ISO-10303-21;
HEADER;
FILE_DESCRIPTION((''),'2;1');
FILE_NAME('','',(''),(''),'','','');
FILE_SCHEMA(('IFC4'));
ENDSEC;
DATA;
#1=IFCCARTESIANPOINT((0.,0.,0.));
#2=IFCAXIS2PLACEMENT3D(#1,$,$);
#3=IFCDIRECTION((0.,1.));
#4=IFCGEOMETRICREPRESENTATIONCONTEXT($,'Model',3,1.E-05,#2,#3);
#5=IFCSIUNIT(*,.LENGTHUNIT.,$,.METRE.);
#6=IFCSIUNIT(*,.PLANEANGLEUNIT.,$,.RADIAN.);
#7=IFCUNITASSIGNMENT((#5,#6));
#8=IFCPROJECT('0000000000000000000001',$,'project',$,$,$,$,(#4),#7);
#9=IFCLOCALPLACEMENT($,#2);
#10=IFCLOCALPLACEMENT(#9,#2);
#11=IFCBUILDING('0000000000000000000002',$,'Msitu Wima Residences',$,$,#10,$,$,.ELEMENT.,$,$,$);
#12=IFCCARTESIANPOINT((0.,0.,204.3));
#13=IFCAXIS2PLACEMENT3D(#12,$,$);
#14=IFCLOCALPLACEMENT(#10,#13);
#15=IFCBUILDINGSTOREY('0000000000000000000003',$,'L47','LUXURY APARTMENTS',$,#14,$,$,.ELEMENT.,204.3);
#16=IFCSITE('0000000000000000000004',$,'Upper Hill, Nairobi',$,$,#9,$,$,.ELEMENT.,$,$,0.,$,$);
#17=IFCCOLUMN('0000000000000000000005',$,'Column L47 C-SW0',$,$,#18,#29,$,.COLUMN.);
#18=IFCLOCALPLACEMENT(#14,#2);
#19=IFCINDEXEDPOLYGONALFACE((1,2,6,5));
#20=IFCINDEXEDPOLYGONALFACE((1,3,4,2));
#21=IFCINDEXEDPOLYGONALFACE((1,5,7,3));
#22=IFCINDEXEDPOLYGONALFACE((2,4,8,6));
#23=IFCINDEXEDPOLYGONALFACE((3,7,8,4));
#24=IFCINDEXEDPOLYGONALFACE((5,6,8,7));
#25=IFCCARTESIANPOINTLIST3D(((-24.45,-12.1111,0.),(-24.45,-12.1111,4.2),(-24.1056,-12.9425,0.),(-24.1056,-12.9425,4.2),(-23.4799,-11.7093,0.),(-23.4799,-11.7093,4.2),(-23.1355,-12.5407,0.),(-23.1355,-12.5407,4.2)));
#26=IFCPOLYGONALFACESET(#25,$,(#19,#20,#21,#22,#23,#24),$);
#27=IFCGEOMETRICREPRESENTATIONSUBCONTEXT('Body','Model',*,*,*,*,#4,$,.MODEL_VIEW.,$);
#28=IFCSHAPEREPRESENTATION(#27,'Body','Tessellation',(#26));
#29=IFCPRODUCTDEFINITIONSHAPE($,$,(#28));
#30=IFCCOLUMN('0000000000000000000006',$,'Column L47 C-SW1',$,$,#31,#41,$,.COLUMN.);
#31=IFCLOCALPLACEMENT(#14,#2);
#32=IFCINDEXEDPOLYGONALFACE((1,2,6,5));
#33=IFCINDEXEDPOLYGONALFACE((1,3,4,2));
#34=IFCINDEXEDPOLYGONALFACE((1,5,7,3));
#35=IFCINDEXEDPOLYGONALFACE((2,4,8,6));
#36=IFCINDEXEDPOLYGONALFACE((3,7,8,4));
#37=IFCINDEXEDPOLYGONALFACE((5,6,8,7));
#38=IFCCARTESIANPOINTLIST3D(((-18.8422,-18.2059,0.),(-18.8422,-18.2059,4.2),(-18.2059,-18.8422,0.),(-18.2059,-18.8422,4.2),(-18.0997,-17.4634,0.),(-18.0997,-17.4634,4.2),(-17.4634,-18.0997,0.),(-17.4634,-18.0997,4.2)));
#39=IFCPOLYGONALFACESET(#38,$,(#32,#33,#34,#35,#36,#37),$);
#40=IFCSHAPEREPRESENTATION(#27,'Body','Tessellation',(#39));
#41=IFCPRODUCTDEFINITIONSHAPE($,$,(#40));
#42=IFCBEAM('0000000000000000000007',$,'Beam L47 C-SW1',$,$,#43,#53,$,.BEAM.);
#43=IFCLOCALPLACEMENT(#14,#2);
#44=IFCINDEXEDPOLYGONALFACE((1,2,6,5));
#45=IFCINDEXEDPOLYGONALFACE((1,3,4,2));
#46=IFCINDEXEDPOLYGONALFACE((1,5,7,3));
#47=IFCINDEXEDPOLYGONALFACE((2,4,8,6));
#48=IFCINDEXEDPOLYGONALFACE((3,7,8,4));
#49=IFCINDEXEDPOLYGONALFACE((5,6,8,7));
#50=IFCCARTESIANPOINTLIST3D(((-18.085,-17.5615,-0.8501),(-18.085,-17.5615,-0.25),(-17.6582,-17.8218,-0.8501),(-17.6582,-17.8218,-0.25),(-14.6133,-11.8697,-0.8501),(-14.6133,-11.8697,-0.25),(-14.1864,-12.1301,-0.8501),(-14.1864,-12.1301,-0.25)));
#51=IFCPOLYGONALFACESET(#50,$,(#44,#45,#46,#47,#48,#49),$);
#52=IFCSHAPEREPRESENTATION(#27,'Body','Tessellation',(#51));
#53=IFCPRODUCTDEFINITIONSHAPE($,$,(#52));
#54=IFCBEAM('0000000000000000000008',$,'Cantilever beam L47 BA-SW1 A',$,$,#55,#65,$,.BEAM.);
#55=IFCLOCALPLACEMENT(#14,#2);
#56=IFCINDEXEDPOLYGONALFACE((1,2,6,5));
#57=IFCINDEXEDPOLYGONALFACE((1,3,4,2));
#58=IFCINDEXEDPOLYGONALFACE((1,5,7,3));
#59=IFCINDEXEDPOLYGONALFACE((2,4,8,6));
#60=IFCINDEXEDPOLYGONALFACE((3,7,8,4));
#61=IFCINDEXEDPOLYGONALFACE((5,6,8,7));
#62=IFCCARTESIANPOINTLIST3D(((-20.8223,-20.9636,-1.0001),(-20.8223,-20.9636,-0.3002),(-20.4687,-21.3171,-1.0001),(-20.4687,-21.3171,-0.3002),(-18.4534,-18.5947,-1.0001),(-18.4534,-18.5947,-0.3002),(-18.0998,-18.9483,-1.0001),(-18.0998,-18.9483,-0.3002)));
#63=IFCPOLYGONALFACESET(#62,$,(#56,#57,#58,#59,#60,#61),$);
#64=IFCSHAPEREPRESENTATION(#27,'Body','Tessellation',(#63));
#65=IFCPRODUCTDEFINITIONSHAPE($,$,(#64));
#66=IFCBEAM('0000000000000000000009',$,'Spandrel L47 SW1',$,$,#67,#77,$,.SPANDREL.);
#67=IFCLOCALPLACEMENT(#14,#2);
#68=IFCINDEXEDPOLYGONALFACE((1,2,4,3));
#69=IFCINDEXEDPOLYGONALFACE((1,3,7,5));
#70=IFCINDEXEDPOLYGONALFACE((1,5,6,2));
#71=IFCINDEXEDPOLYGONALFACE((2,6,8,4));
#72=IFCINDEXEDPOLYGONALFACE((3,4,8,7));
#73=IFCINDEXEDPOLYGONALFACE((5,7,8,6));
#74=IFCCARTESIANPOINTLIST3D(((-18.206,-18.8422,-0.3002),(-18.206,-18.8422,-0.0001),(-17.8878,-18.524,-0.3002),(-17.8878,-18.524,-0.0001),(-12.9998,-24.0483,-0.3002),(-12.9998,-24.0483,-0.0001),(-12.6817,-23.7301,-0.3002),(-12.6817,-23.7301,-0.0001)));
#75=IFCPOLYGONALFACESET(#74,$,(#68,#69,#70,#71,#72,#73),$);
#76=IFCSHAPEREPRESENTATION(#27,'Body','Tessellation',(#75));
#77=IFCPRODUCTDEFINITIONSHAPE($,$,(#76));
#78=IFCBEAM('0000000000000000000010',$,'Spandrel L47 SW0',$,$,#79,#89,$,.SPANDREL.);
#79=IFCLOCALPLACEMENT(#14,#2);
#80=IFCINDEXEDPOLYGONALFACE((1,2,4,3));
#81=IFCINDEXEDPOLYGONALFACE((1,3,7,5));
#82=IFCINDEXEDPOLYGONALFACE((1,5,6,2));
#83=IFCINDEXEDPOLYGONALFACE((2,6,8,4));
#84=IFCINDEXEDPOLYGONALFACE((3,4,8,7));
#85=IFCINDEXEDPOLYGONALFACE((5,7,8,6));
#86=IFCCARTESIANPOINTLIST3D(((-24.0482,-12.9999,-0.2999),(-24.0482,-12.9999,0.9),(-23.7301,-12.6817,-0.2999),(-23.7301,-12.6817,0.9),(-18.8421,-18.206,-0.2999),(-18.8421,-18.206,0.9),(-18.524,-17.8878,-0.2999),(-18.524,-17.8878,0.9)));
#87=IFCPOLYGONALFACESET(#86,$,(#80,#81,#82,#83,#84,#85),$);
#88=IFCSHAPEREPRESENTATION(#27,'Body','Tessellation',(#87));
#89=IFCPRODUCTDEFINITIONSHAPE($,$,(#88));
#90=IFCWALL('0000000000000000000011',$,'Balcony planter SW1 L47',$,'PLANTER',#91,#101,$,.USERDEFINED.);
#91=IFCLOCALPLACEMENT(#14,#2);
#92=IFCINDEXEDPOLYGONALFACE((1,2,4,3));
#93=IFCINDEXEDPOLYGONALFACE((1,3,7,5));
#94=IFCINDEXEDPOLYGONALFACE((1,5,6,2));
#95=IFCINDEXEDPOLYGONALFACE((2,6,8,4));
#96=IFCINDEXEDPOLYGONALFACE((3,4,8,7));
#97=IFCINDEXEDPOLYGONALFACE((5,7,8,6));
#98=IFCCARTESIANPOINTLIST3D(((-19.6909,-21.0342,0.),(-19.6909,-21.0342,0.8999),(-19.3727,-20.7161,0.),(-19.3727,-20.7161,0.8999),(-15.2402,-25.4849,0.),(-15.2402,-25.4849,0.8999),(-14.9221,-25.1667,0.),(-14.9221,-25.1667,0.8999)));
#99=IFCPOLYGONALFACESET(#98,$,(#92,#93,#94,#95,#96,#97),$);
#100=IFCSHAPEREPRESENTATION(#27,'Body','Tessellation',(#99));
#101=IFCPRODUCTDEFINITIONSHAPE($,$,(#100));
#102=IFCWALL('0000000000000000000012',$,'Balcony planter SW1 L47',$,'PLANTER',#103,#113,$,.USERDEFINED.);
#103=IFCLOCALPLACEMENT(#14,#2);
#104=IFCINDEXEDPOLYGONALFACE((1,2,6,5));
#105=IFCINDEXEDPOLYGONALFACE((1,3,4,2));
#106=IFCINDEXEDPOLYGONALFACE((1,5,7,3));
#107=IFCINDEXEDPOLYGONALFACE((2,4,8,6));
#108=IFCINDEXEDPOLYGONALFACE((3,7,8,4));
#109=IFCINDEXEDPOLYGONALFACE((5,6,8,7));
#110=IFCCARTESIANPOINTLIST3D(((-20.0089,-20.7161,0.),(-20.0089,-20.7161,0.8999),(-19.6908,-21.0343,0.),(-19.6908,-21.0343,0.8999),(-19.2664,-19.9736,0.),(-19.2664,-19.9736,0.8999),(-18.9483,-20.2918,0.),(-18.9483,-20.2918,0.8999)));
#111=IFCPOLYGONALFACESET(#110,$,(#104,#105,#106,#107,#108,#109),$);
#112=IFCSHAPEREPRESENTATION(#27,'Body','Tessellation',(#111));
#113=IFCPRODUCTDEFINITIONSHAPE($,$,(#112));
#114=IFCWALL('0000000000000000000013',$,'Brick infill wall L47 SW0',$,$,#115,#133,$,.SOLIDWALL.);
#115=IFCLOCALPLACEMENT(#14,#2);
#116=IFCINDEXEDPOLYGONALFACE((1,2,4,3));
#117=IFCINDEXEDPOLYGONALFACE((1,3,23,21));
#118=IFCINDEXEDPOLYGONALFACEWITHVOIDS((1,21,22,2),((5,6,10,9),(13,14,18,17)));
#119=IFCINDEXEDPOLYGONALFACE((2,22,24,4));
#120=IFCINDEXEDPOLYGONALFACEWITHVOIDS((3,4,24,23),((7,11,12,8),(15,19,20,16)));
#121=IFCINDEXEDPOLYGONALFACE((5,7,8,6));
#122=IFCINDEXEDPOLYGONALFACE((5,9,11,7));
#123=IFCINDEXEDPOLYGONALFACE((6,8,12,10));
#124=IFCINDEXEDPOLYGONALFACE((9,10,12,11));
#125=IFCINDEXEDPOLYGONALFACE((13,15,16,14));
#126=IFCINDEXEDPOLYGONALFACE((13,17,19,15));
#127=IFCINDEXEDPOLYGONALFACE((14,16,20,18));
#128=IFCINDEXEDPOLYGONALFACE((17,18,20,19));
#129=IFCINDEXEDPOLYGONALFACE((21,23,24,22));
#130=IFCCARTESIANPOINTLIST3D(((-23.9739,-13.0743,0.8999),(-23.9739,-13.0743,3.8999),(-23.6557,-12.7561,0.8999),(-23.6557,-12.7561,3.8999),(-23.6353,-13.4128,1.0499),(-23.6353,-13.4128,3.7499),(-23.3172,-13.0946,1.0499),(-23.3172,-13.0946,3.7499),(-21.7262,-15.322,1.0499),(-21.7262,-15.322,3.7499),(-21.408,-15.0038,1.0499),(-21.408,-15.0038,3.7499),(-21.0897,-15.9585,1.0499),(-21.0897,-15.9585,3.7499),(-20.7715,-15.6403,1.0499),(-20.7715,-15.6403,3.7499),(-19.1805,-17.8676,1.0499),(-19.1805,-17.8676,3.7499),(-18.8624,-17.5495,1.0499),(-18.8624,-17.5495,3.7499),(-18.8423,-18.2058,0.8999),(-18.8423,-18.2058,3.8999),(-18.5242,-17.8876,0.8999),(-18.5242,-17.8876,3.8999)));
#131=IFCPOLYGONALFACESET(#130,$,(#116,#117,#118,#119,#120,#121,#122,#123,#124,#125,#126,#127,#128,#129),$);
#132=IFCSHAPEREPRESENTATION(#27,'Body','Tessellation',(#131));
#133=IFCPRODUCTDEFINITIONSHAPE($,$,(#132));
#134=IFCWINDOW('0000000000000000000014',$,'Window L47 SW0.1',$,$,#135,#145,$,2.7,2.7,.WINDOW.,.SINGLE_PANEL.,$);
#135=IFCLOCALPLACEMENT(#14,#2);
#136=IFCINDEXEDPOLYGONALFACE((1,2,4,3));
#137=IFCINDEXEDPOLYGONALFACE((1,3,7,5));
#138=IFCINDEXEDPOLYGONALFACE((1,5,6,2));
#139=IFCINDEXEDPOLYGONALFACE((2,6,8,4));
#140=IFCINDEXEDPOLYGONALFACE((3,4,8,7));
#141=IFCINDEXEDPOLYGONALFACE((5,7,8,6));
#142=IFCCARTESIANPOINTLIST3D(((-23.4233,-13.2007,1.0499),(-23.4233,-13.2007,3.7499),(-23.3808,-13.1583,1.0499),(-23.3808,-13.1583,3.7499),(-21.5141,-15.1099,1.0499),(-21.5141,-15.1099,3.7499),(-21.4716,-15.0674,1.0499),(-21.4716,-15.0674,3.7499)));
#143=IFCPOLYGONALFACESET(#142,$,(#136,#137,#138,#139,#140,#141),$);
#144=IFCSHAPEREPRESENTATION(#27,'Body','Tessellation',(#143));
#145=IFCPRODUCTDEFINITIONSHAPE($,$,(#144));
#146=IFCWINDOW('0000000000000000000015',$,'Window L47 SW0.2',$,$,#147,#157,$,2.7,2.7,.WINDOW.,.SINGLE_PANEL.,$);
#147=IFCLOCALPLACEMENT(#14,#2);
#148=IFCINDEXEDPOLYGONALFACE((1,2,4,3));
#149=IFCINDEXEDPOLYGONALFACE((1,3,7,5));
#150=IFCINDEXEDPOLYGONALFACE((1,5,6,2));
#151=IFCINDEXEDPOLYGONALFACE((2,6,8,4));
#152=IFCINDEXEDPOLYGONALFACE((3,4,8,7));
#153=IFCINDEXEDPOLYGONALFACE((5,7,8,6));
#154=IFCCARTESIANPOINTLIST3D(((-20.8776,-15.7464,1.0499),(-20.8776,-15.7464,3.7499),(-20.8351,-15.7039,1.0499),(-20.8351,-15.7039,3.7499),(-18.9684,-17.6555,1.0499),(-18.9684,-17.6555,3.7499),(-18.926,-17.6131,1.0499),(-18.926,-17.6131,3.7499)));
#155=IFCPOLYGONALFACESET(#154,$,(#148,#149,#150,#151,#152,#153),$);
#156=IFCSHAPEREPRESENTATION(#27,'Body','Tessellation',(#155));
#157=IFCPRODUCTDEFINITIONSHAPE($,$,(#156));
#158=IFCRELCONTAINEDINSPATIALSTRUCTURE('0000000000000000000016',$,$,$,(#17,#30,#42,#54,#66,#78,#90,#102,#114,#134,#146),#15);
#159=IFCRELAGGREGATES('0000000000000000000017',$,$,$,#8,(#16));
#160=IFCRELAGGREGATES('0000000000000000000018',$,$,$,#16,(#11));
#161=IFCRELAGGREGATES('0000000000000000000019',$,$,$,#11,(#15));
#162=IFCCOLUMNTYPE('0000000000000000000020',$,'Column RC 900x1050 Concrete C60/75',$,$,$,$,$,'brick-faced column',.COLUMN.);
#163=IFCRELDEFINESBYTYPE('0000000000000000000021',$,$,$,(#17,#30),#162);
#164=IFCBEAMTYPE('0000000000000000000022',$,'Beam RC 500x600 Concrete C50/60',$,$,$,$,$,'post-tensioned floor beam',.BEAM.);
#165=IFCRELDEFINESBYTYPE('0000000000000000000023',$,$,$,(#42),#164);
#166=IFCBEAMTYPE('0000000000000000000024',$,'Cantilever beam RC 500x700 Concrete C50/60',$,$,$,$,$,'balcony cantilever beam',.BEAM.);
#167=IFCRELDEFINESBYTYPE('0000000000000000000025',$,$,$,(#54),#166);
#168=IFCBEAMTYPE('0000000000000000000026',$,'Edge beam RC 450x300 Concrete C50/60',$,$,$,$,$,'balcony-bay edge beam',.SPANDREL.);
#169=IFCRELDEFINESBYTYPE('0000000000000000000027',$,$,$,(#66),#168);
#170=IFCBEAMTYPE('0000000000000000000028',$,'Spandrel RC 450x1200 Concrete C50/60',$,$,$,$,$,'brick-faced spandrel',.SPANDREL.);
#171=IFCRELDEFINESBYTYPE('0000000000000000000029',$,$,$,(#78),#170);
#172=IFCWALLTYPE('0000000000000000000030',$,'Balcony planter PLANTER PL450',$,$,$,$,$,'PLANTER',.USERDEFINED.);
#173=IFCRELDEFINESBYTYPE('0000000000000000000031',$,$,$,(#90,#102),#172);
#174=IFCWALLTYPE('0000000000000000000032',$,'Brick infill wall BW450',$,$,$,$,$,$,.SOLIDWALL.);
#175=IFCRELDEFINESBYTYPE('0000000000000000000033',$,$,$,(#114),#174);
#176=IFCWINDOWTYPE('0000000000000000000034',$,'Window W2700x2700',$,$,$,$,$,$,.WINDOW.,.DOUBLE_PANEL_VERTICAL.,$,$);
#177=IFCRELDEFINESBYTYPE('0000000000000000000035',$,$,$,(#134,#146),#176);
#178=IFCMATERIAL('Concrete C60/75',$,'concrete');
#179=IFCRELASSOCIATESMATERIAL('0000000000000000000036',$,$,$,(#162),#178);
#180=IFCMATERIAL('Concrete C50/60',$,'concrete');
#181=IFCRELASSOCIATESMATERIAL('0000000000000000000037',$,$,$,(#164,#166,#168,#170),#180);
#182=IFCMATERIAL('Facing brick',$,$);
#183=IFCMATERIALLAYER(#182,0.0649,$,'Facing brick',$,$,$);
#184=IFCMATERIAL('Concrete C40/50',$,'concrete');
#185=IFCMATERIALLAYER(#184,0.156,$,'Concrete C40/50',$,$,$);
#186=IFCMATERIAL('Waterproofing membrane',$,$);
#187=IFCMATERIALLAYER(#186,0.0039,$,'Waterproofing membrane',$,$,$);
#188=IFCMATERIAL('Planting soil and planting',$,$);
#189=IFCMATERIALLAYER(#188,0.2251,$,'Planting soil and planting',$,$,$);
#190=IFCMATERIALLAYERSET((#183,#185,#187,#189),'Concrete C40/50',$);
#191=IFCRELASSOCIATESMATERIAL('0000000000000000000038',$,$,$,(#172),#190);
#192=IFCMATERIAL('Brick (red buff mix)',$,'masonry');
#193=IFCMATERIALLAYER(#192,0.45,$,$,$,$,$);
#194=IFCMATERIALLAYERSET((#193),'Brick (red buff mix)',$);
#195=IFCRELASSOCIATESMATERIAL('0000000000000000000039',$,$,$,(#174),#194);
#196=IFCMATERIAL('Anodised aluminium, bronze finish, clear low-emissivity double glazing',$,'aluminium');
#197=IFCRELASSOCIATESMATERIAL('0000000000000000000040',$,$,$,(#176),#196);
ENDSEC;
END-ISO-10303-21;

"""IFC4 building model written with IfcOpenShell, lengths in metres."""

from ifc_helpers import new_model, si_unit, direction, frame, frame_2d, origin, origin_2d, place, context, subcontext, project, spatial, rectangle, extrude, material, layer, layer_set, material_profile, profile_set, type_object, element, fill, save


model = new_model("IFC4")

# Units and contexts
model_context = context("Model", 3, precision=1e-05, world=origin(), true_north=direction((0.0, 1.0)))
body_context = subcontext(model_context, "Body", "Model", "MODEL_VIEW")
ifc_project = project(units=[si_unit("LENGTHUNIT", "METRE"), si_unit("PLANEANGLEUNIT", "RADIAN")], contexts=[model_context])

# Site, building, storey
site_placement = place(None, origin())
site = spatial("IfcSite", under=ifc_project, at=site_placement, Name="Upper Hill, Nairobi", CompositionType="ELEMENT", RefElevation=0.0)
building_placement = place(site_placement, origin())
building = spatial("IfcBuilding", under=site, at=building_placement, Name="Msitu Wima Residences", CompositionType="ELEMENT")
storey_placement = place(building_placement, frame((0.0, 0.0, 204.3)))
storey = spatial("IfcBuildingStorey", under=building, at=storey_placement, Name="L47", Description="LUXURY APARTMENTS", CompositionType="ELEMENT", Elevation=204.3)

# Columns
ifc_material_1 = material(Name="Concrete C60/75", Category="concrete")
ifc_material_profile_1 = material_profile(ifc_material_1, rectangle(XDim=0.8999, YDim=1.05, at=origin_2d()), Name="RC 900x1050")
ifc_profile_set_1 = profile_set([ifc_material_profile_1], Name="Concrete C60/75")
column_type = type_object("IfcColumnType", Name="Column RC 900x1050 Concrete C60/75", ElementType="brick-faced column", PredefinedType="COLUMN", material=ifc_profile_set_1)
for number, where, z_axis, x_axis, name in (
    (1, (-23.7927, -12.3259, 0.0), (0.0, 0.0, 1.0), (0.382683, -0.92388, 0.0), "Column L47 C-SW0"),
    (2, (-18.1528, -18.1528, 0.0), (0.0, 0.0, 1.0), (0.707107, -0.707107, 0.0), "Column L47 C-SW1"),
):
    element("IfcColumn", number, at=place(storey_placement, frame(where, z_axis=z_axis, x_axis=x_axis)), inside=storey, type_object=column_type, Name=name, PredefinedType="COLUMN", context=body_context, shape_type="SweptSolid", body=[
        extrude(rectangle(XDim=0.8999, YDim=1.05, at=origin_2d()), origin(), (0.0, 0.0, 1.0), 4.2),
    ])

# Beams
ifc_material_2 = material(Name="Concrete C50/60", Category="concrete")
ifc_material_profile_2 = material_profile(ifc_material_2, rectangle(XDim=0.5, YDim=0.6001, at=origin_2d()), Name="RC 500x600")
ifc_profile_set_2 = profile_set([ifc_material_profile_2], Name="Concrete C50/60")
beam_type_1 = type_object("IfcBeamType", Name="Beam RC 500x600 Concrete C50/60", ElementType="post-tensioned floor beam", PredefinedType="BEAM", material=ifc_profile_set_2)
beam_1_placement = place(storey_placement, frame((-17.8716, -17.6917, -0.55), z_axis=(0.520734, 0.853719, 0.0), x_axis=(-0.853719, 0.520734, 0.0)))
element("IfcBeam", 3, at=beam_1_placement, inside=storey, type_object=beam_type_1, Name="Beam L47 C-SW1", PredefinedType="BEAM", context=body_context, shape_type="SweptSolid", body=[
    extrude(rectangle(XDim=0.5, YDim=0.6001, at=origin_2d()), origin(), (0.0, 0.0, 1.0), 6.667),
])
ifc_material_profile_3 = material_profile(ifc_material_2, rectangle(XDim=0.5, YDim=0.7, at=origin_2d()), Name="RC 500x700")
ifc_profile_set_3 = profile_set([ifc_material_profile_3], Name="Concrete C50/60")
beam_type_2 = type_object("IfcBeamType", Name="Cantilever beam RC 500x700 Concrete C50/60", ElementType="balcony cantilever beam", PredefinedType="BEAM", material=ifc_profile_set_3)
beam_2_placement = place(storey_placement, frame((-18.2766, -18.7715, -0.6501), z_axis=(-0.707107, -0.707107, 0.0), x_axis=(0.707107, -0.707107, 0.0)))
element("IfcBeam", 4, at=beam_2_placement, inside=storey, type_object=beam_type_2, Name="Cantilever beam L47 BA-SW1 A", PredefinedType="BEAM", context=body_context, shape_type="SweptSolid", body=[
    extrude(rectangle(XDim=0.5, YDim=0.7, at=origin_2d()), origin(), (0.0, 0.0, 1.0), 3.3501),
])
ifc_material_profile_4 = material_profile(ifc_material_2, rectangle(XDim=0.45, YDim=0.3, at=origin_2d()), Name="RC 450x300")
ifc_profile_set_4 = profile_set([ifc_material_profile_4], Name="Concrete C50/60")
beam_type_3 = type_object("IfcBeamType", Name="Edge beam RC 450x300 Concrete C50/60", ElementType="balcony-bay edge beam", PredefinedType="SPANDREL", material=ifc_profile_set_4)
beam_3_placement = place(storey_placement, frame((-18.0469, -18.6831, -0.1501), z_axis=(0.707107, -0.707107, 0.0), x_axis=(0.707107, 0.707107, 0.0)))
element("IfcBeam", 5, at=beam_3_placement, inside=storey, type_object=beam_type_3, Name="Spandrel L47 SW1", PredefinedType="SPANDREL", context=body_context, shape_type="SweptSolid", body=[
    extrude(rectangle(XDim=0.45, YDim=0.3, at=origin_2d()), origin(), (0.0, 0.0, 1.0), 7.3625),
])
ifc_material_profile_5 = material_profile(ifc_material_2, rectangle(XDim=0.45, YDim=1.2, at=origin_2d()), Name="RC 450x1200")
ifc_profile_set_5 = profile_set([ifc_material_profile_5], Name="Concrete C50/60")
beam_type_4 = type_object("IfcBeamType", Name="Spandrel RC 450x1200 Concrete C50/60", ElementType="brick-faced spandrel", PredefinedType="SPANDREL", material=ifc_profile_set_5)
beam_4_placement = place(storey_placement, frame((-23.8892, -12.8408, 0.3), z_axis=(0.707107, -0.707107, 0.0), x_axis=(0.707107, 0.707107, 0.0)))
element("IfcBeam", 6, at=beam_4_placement, inside=storey, type_object=beam_type_4, Name="Spandrel L47 SW0", PredefinedType="SPANDREL", context=body_context, shape_type="SweptSolid", body=[
    extrude(rectangle(XDim=0.45, YDim=1.2, at=origin_2d()), origin(), (0.0, 0.0, 1.0), 7.3625),
])

# Walls
ifc_material_3 = material(Name="Facing brick")
ifc_layer_1 = layer(ifc_material_3, 0.0649, Name="Facing brick")
ifc_material_4 = material(Name="Concrete C40/50", Category="concrete")
ifc_layer_2 = layer(ifc_material_4, 0.156, Name="Concrete C40/50")
ifc_material_5 = material(Name="Waterproofing membrane")
ifc_layer_3 = layer(ifc_material_5, 0.0039, Name="Waterproofing membrane")
ifc_material_6 = material(Name="Planting soil and planting")
ifc_layer_4 = layer(ifc_material_6, 0.2251, Name="Planting soil and planting")
ifc_layer_set_1 = layer_set([ifc_layer_1, ifc_layer_2, ifc_layer_3, ifc_layer_4], Name="Concrete C40/50")
wall_type_1 = type_object("IfcWallType", Name="Balcony planter PLANTER PL450", ElementType="PLANTER", PredefinedType="USERDEFINED", material=ifc_layer_set_1)
wall_1_placement = place(storey_placement, frame((-19.5317, -20.8752, 0.0), z_axis=(0.0, 0.0, 1.0), x_axis=(0.707107, -0.707107, 0.0)))
element("IfcWall", 7, at=wall_1_placement, inside=storey, type_object=wall_type_1, Name="Balcony planter SW1 L47", ObjectType="PLANTER", PredefinedType="USERDEFINED", context=body_context, shape_type="SweptSolid", body=[
    extrude(rectangle(XDim=6.2942, YDim=0.45, at=frame_2d((3.147, 0.0))), origin(), (0.0, 0.0, 1.0), 0.8999),
])
wall_2_placement = place(storey_placement, frame((-19.1074, -20.1328, 0.0), z_axis=(0.0, 0.0, 1.0), x_axis=(-0.707107, -0.707107, 0.0)))
element("IfcWall", 8, at=wall_2_placement, inside=storey, type_object=wall_type_1, Name="Balcony planter SW1 L47", ObjectType="PLANTER", PredefinedType="USERDEFINED", context=body_context, shape_type="SweptSolid", body=[
    extrude(rectangle(XDim=1.05, YDim=0.45, at=frame_2d((0.5249, 0.0))), origin(), (0.0, 0.0, 1.0), 0.8999),
])

# Wall, openings, windows
ifc_material_7 = material(Name="Brick (red buff mix)", Category="masonry")
ifc_layer_5 = layer(ifc_material_7, 0.45)
ifc_layer_set_2 = layer_set([ifc_layer_5], Name="Brick (red buff mix)")
wall_type_2 = type_object("IfcWallType", Name="Brick infill wall BW450", PredefinedType="SOLIDWALL", material=ifc_layer_set_2)
wall_3_placement = place(storey_placement, frame((-23.8147, -12.9153, 0.8999), z_axis=(0.0, 0.0, 1.0), x_axis=(0.707107, -0.707107, 0.0)))
wall_3 = element("IfcWall", 9, at=wall_3_placement, inside=storey, type_object=wall_type_2, Name="Brick infill wall L47 SW0", PredefinedType="SOLIDWALL", context=body_context, shape_type="SweptSolid", body=[
    extrude(rectangle(XDim=7.2571, YDim=0.45, at=frame_2d((3.6284, 0.0))), origin(), (0.0, 0.0, 1.0), 3.0),
])
opening_1_placement = place(wall_3_placement, frame((0.4785, 0.0, 0.1499)))
opening_1 = element("IfcOpeningElement", 10, at=opening_1_placement, cuts=wall_3, PredefinedType="OPENING", context=body_context, shape_type="SweptSolid", body=[
    extrude(rectangle(XDim=2.7, YDim=2.7, at=frame_2d((1.3501, 1.3501))), frame((0.0, 0.2349, 0.0), z_axis=(0.0, -1.0, 0.0), x_axis=(1.0, 0.0, 0.0)), (0.0, 0.0, 1.0), 0.47),
])
opening_2_placement = place(wall_3_placement, frame((4.0786, 0.0, 0.1499)))
opening_2 = element("IfcOpeningElement", 11, at=opening_2_placement, cuts=wall_3, PredefinedType="OPENING", context=body_context, shape_type="SweptSolid", body=[
    extrude(rectangle(XDim=2.7, YDim=2.7, at=frame_2d((1.3501, 1.3501))), frame((0.0, 0.2349, 0.0), z_axis=(0.0, -1.0, 0.0), x_axis=(1.0, 0.0, 0.0)), (0.0, 0.0, 1.0), 0.47),
])
ifc_material_8 = material(Name="Anodised aluminium, bronze finish, clear low-emissivity double glazing", Category="aluminium")
window_type = type_object("IfcWindowType", Name="Window W2700x2700", PartitioningType="DOUBLE_PANEL_VERTICAL", PredefinedType="WINDOW", material=ifc_material_8)
window_1_placement = place(opening_1_placement, origin())
window_1 = element("IfcWindow", 12, at=window_1_placement, inside=storey, type_object=window_type, Name="Window L47 SW0.1", OverallHeight=2.7, OverallWidth=2.7, PartitioningType="SINGLE_PANEL", PredefinedType="WINDOW", context=body_context, shape_type="SweptSolid", body=[
    extrude(rectangle(XDim=2.7, YDim=2.7, at=frame_2d((1.3501, 1.3501))), frame((0.0, 0.135, 0.0), z_axis=(0.0, -1.0, 0.0), x_axis=(1.0, 0.0, 0.0)), (0.0, 0.0, 1.0), 0.0601),
])
fill(opening_1, window_1)
window_2_placement = place(opening_2_placement, origin())
window_2 = element("IfcWindow", 13, at=window_2_placement, inside=storey, type_object=window_type, Name="Window L47 SW0.2", OverallHeight=2.7, OverallWidth=2.7, PartitioningType="SINGLE_PANEL", PredefinedType="WINDOW", context=body_context, shape_type="SweptSolid", body=[
    extrude(rectangle(XDim=2.7, YDim=2.7, at=frame_2d((1.3501, 1.3501))), frame((0.0, 0.135, 0.0), z_axis=(0.0, -1.0, 0.0), x_axis=(1.0, 0.0, 0.0)), (0.0, 0.0, 1.0), 0.0601),
])
fill(opening_2, window_2)

save(model, "model.ifc")
